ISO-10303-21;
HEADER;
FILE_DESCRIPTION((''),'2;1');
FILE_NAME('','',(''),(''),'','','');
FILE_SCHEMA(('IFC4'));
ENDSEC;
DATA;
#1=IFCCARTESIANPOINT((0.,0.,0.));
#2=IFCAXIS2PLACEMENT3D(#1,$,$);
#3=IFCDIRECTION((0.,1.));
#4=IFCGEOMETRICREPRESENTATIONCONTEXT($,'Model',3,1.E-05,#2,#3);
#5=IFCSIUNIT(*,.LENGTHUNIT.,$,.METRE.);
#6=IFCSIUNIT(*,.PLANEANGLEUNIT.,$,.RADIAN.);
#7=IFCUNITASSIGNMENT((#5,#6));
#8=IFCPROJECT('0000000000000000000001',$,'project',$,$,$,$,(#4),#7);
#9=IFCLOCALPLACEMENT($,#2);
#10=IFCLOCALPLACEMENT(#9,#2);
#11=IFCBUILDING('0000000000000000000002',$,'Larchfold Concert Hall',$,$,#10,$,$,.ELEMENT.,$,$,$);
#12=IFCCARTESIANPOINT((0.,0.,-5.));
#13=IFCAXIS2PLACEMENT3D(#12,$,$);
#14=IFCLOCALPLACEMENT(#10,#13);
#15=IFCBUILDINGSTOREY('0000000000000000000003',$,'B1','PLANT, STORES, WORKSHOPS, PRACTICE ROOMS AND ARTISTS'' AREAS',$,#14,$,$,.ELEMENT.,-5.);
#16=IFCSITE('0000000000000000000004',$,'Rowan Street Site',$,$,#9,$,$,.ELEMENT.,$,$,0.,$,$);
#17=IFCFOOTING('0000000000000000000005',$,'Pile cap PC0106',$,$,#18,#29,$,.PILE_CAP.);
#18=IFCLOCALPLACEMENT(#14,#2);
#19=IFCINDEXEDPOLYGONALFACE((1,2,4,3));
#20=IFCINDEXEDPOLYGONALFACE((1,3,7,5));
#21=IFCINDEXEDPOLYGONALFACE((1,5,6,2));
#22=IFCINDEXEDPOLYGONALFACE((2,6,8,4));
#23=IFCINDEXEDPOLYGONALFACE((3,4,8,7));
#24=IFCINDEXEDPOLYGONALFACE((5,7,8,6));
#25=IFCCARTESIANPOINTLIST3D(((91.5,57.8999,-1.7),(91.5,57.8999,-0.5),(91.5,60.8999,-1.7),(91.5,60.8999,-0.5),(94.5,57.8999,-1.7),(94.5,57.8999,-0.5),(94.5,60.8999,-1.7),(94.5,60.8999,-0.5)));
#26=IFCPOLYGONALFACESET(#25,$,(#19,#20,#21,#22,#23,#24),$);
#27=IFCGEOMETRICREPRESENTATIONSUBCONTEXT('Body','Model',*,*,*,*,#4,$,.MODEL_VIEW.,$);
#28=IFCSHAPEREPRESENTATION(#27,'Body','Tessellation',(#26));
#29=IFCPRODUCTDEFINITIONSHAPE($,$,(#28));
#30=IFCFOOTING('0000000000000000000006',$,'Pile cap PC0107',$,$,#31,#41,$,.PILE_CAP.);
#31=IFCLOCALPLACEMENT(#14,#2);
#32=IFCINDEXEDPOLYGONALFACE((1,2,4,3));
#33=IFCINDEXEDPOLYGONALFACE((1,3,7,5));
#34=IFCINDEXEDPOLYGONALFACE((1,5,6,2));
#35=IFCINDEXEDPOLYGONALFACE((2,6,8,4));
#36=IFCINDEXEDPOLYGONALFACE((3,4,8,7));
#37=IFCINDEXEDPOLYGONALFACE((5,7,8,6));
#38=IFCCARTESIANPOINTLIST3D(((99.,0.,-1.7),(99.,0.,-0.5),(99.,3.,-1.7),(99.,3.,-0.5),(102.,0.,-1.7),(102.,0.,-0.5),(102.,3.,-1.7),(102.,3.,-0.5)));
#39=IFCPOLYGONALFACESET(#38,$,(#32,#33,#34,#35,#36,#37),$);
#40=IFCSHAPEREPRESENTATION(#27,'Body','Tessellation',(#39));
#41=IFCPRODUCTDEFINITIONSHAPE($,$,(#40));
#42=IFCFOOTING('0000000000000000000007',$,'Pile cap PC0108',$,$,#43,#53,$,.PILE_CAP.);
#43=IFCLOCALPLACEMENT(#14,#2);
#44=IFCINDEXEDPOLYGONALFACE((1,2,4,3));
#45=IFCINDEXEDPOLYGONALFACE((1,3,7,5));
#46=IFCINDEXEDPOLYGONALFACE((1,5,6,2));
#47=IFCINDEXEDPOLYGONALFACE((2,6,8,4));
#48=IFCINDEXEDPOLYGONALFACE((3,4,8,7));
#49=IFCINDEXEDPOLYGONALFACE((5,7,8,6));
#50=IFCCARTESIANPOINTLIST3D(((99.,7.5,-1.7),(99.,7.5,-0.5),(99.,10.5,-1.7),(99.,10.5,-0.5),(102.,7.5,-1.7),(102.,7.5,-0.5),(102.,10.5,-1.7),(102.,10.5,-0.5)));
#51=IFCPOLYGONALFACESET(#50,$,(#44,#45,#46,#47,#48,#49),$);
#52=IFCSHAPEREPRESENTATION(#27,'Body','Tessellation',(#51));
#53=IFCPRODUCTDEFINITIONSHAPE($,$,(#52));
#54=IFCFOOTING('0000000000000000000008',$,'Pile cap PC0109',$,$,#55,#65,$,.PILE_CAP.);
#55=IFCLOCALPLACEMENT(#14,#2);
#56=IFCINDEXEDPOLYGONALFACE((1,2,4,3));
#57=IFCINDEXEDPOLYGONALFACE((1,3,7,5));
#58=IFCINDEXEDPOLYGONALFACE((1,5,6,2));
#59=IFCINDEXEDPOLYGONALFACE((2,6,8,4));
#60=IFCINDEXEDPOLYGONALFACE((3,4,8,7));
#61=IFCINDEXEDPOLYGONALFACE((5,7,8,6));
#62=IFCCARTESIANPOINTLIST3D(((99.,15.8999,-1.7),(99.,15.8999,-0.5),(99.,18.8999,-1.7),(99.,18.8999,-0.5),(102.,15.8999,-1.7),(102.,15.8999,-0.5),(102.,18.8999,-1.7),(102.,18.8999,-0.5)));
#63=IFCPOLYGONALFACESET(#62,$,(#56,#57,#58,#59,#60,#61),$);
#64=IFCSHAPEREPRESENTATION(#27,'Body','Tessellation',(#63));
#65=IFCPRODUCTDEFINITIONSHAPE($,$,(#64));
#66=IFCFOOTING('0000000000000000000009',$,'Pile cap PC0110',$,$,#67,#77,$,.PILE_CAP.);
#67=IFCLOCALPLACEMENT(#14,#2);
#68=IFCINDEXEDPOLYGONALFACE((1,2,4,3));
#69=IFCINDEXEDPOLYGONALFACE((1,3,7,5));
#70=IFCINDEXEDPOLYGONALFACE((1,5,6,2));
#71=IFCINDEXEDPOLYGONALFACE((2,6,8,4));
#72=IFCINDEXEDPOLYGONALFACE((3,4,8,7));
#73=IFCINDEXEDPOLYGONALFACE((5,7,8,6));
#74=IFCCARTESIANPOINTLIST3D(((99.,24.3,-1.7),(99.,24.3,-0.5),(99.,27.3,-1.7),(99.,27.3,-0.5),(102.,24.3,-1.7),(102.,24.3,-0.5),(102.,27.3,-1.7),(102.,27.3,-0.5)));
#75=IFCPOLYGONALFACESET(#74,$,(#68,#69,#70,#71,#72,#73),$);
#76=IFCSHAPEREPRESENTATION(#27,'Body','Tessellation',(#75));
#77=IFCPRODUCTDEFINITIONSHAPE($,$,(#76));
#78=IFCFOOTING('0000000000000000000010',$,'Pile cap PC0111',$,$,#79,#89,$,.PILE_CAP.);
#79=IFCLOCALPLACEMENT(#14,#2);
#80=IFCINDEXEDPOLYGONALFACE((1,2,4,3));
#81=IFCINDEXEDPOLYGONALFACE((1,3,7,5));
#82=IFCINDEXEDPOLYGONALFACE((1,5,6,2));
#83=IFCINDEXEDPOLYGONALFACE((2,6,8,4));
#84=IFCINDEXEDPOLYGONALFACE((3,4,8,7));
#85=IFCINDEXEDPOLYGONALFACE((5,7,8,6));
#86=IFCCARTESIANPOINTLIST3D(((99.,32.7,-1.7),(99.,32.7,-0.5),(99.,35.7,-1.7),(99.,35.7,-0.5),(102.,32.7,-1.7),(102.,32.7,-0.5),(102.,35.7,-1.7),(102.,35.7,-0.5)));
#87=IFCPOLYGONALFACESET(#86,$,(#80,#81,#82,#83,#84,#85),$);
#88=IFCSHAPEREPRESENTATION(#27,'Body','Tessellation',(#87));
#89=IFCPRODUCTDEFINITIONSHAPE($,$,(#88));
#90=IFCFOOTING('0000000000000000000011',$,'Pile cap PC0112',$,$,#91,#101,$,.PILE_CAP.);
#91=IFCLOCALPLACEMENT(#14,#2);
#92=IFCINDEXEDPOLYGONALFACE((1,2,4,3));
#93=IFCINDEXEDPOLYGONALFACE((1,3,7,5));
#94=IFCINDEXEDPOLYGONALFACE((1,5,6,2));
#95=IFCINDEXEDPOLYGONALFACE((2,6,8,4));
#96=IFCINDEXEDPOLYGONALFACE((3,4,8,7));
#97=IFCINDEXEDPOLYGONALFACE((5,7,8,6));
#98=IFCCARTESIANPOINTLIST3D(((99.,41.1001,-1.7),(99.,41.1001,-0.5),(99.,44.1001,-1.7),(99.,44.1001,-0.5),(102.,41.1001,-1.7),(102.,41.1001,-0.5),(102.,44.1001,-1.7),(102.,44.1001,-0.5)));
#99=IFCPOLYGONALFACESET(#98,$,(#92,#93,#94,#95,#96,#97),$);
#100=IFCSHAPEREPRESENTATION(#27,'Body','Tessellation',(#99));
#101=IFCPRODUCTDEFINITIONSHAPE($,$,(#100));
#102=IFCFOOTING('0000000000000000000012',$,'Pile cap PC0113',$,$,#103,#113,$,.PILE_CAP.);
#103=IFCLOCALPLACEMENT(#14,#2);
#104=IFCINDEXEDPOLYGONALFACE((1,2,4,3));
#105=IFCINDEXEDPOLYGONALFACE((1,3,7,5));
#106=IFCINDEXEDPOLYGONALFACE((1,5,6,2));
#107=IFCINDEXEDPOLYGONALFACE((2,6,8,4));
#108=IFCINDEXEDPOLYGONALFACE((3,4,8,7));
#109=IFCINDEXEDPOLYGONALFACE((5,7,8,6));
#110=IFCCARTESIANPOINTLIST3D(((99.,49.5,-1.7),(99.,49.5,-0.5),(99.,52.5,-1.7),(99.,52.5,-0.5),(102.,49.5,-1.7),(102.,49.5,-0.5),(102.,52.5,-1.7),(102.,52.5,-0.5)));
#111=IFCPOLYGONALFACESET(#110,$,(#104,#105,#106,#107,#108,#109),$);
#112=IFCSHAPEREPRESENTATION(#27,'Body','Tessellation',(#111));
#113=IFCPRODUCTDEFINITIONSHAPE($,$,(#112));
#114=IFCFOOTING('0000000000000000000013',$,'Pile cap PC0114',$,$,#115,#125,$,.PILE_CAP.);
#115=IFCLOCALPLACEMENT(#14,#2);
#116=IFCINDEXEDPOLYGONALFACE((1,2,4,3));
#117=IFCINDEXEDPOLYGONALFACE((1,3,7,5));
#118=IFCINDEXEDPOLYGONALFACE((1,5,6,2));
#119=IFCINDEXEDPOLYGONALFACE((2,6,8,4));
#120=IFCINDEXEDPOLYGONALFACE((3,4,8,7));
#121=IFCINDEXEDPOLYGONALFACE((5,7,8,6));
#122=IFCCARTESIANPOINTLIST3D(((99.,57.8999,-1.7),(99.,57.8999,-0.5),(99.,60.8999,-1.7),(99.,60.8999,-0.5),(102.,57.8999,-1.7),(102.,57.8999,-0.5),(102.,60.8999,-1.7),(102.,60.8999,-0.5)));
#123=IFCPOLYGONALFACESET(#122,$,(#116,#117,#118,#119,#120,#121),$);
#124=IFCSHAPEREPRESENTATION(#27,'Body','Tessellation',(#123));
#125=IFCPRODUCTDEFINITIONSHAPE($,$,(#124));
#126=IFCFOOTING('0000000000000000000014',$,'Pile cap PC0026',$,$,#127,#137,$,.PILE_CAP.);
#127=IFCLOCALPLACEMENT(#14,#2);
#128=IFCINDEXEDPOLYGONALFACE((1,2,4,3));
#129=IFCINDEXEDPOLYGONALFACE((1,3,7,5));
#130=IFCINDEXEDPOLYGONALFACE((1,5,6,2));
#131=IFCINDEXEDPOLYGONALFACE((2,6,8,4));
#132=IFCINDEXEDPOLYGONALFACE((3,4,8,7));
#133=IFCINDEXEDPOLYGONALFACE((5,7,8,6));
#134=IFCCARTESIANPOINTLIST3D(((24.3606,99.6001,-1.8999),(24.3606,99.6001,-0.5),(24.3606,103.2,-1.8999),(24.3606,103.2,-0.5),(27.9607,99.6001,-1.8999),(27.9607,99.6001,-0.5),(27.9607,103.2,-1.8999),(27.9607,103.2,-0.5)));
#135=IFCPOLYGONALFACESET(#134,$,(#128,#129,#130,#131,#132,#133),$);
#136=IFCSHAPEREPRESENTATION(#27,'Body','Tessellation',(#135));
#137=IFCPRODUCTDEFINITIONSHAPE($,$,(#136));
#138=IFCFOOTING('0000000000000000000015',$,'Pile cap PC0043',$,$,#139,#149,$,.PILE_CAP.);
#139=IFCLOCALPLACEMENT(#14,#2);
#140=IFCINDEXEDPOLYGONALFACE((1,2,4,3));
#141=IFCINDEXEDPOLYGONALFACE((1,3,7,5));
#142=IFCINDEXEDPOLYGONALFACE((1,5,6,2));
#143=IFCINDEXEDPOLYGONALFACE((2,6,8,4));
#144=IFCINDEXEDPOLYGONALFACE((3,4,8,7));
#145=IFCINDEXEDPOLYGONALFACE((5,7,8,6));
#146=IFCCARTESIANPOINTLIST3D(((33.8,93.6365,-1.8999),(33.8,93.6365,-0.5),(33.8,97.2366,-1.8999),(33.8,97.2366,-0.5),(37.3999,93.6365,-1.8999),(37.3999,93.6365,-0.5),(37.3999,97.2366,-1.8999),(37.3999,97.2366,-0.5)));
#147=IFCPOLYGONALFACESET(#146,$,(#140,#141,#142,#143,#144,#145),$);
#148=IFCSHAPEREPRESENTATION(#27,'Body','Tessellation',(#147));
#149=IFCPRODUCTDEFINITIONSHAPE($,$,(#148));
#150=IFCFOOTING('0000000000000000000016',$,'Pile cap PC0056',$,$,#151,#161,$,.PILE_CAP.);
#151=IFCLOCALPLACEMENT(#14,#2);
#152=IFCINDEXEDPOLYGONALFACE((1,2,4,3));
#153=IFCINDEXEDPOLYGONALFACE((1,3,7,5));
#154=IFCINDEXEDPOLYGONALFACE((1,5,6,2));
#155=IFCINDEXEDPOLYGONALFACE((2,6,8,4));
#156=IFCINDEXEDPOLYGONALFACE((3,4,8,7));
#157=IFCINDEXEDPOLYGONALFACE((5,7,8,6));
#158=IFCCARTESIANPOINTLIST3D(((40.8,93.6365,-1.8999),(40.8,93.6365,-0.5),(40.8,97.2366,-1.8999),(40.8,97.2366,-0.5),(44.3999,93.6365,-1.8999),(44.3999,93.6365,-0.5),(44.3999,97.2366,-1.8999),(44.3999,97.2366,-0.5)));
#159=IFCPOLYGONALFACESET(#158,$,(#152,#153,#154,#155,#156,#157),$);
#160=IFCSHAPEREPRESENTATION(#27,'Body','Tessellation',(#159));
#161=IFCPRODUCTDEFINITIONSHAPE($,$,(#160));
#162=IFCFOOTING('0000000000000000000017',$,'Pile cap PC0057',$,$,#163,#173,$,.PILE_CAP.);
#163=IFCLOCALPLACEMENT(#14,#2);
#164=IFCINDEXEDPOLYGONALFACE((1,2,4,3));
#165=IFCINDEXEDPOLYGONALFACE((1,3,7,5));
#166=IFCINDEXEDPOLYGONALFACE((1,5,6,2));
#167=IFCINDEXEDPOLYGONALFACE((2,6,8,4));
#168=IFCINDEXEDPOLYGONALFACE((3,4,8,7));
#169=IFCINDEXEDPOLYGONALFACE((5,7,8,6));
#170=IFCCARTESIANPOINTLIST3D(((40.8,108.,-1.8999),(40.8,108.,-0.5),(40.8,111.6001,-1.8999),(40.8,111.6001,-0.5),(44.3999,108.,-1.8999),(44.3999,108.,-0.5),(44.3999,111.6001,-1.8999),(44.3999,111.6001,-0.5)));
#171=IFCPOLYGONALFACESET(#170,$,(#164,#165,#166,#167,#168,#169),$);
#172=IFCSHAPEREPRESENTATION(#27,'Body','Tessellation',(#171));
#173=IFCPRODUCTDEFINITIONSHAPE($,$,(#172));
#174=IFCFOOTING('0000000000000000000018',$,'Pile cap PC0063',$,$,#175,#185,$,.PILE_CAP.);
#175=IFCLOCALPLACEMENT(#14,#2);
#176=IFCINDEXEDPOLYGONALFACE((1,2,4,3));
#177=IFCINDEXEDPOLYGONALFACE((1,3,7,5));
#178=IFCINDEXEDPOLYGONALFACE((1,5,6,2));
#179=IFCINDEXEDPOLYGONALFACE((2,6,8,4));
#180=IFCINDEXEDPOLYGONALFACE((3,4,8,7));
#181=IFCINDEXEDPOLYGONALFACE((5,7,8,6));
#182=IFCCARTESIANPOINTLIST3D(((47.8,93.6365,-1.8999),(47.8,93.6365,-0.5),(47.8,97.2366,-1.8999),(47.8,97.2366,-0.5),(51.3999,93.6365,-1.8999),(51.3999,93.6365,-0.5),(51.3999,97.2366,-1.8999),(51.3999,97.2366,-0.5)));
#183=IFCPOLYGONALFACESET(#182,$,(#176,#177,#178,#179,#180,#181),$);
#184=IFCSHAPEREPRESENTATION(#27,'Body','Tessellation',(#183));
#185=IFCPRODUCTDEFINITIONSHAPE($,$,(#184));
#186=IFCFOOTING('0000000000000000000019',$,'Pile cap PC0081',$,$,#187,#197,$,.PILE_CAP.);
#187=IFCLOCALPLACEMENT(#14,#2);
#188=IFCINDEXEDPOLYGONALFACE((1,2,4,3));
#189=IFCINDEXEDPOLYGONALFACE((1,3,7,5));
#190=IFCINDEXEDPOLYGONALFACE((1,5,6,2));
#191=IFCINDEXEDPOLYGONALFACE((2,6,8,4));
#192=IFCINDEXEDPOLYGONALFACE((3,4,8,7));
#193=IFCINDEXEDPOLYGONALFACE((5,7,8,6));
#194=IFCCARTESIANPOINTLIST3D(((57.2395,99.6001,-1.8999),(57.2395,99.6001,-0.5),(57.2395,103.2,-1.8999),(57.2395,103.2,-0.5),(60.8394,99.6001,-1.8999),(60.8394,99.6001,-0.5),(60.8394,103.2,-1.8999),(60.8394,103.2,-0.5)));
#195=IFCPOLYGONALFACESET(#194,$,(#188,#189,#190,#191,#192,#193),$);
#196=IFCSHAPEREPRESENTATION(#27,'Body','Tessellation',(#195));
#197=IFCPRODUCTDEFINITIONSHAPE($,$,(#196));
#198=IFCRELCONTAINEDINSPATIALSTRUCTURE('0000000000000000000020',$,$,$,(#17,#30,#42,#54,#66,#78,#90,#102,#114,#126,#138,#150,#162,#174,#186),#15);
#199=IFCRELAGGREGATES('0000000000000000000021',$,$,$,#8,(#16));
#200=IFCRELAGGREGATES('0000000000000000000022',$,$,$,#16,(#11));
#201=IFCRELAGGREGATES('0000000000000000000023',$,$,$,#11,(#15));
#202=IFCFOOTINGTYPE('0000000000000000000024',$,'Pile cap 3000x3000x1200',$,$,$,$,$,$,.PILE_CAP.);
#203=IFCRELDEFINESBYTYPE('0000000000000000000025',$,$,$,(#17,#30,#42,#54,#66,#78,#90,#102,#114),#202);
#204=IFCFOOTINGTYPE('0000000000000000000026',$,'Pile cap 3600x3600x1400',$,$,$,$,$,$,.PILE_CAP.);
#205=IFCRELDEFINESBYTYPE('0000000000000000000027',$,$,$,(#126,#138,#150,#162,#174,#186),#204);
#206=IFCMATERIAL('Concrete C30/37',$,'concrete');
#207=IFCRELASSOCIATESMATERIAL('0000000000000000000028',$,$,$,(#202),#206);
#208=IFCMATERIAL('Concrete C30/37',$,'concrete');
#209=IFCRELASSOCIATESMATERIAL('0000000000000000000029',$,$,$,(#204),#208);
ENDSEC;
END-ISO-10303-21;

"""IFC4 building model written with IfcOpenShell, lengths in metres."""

from ifc_helpers import new_model, si_unit, direction, frame, origin, place, context, subcontext, project, spatial, polyline, outline, extrude, material, type_object, element, save


model = new_model("IFC4")

# Units and contexts
model_context = context("Model", 3, precision=1e-05, world=origin(), true_north=direction((0.0, 1.0)))
body_context = subcontext(model_context, "Body", "Model", "MODEL_VIEW")
ifc_project = project(units=[si_unit("LENGTHUNIT", "METRE"), si_unit("PLANEANGLEUNIT", "RADIAN")], contexts=[model_context])

# Site, building, storey
site_placement = place(None, origin())
site = spatial("IfcSite", under=ifc_project, at=site_placement, Name="Rowan Street Site", CompositionType="ELEMENT", RefElevation=0.0)
building_placement = place(site_placement, origin())
building = spatial("IfcBuilding", under=site, at=building_placement, Name="Larchfold Concert Hall", CompositionType="ELEMENT")
storey_placement = place(building_placement, frame((0.0, 0.0, -5.0)))
storey = spatial("IfcBuildingStorey", under=building, at=storey_placement, Name="B1", Description="PLANT, STORES, WORKSHOPS, PRACTICE ROOMS AND ARTISTS' AREAS", CompositionType="ELEMENT", Elevation=-5.0)

# Footings
ifc_material_1 = material(Name="Concrete C30/37", Category="concrete")
footing_type_1 = type_object("IfcFootingType", Name="Pile cap 3000x3000x1200", PredefinedType="PILE_CAP", material=ifc_material_1)
footing_1_placement = place(storey_placement, frame((0.0, 0.0, -1.7)))
element("IfcFooting", 1, at=footing_1_placement, inside=storey, type_object=footing_type_1, Name="Pile cap PC0106", PredefinedType="PILE_CAP", context=body_context, shape_type="SweptSolid", body=[
    extrude(outline(polyline([(94.5, 57.8999), (94.5, 60.8999), (91.5, 60.8999), (91.5, 57.8999), (94.5, 57.8999)])), origin(), (0.0, 0.0, 1.0), 1.2),
])
footing_2_placement = place(storey_placement, frame((0.0, 0.0, -1.7)))
element("IfcFooting", 2, at=footing_2_placement, inside=storey, type_object=footing_type_1, Name="Pile cap PC0107", PredefinedType="PILE_CAP", context=body_context, shape_type="SweptSolid", body=[
    extrude(outline(polyline([(102.0, 0.0), (102.0, 3.0), (99.0, 3.0), (99.0, 0.0), (102.0, 0.0)])), origin(), (0.0, 0.0, 1.0), 1.2),
])
footing_3_placement = place(storey_placement, frame((0.0, 0.0, -1.7)))
element("IfcFooting", 3, at=footing_3_placement, inside=storey, type_object=footing_type_1, Name="Pile cap PC0108", PredefinedType="PILE_CAP", context=body_context, shape_type="SweptSolid", body=[
    extrude(outline(polyline([(102.0, 7.5), (102.0, 10.5), (99.0, 10.5), (99.0, 7.5), (102.0, 7.5)])), origin(), (0.0, 0.0, 1.0), 1.2),
])
footing_4_placement = place(storey_placement, frame((0.0, 0.0, -1.7)))
element("IfcFooting", 4, at=footing_4_placement, inside=storey, type_object=footing_type_1, Name="Pile cap PC0109", PredefinedType="PILE_CAP", context=body_context, shape_type="SweptSolid", body=[
    extrude(outline(polyline([(102.0, 15.8999), (102.0, 18.8999), (99.0, 18.8999), (99.0, 15.8999), (102.0, 15.8999)])), origin(), (0.0, 0.0, 1.0), 1.2),
])
footing_5_placement = place(storey_placement, frame((0.0, 0.0, -1.7)))
element("IfcFooting", 5, at=footing_5_placement, inside=storey, type_object=footing_type_1, Name="Pile cap PC0110", PredefinedType="PILE_CAP", context=body_context, shape_type="SweptSolid", body=[
    extrude(outline(polyline([(102.0, 24.3), (102.0, 27.3), (99.0, 27.3), (99.0, 24.3), (102.0, 24.3)])), origin(), (0.0, 0.0, 1.0), 1.2),
])
footing_6_placement = place(storey_placement, frame((0.0, 0.0, -1.7)))
element("IfcFooting", 6, at=footing_6_placement, inside=storey, type_object=footing_type_1, Name="Pile cap PC0111", PredefinedType="PILE_CAP", context=body_context, shape_type="SweptSolid", body=[
    extrude(outline(polyline([(102.0, 32.7), (102.0, 35.7), (99.0, 35.7), (99.0, 32.7), (102.0, 32.7)])), origin(), (0.0, 0.0, 1.0), 1.2),
])
footing_7_placement = place(storey_placement, frame((0.0, 0.0, -1.7)))
element("IfcFooting", 7, at=footing_7_placement, inside=storey, type_object=footing_type_1, Name="Pile cap PC0112", PredefinedType="PILE_CAP", context=body_context, shape_type="SweptSolid", body=[
    extrude(outline(polyline([(102.0, 41.1001), (102.0, 44.1001), (99.0, 44.1001), (99.0, 41.1001), (102.0, 41.1001)])), origin(), (0.0, 0.0, 1.0), 1.2),
])
footing_8_placement = place(storey_placement, frame((0.0, 0.0, -1.7)))
element("IfcFooting", 8, at=footing_8_placement, inside=storey, type_object=footing_type_1, Name="Pile cap PC0113", PredefinedType="PILE_CAP", context=body_context, shape_type="SweptSolid", body=[
    extrude(outline(polyline([(102.0, 49.5), (102.0, 52.5), (99.0, 52.5), (99.0, 49.5), (102.0, 49.5)])), origin(), (0.0, 0.0, 1.0), 1.2),
])
footing_9_placement = place(storey_placement, frame((0.0, 0.0, -1.7)))
element("IfcFooting", 9, at=footing_9_placement, inside=storey, type_object=footing_type_1, Name="Pile cap PC0114", PredefinedType="PILE_CAP", context=body_context, shape_type="SweptSolid", body=[
    extrude(outline(polyline([(102.0, 57.8999), (102.0, 60.8999), (99.0, 60.8999), (99.0, 57.8999), (102.0, 57.8999)])), origin(), (0.0, 0.0, 1.0), 1.2),
])
ifc_material_2 = material(Name="Concrete C30/37", Category="concrete")
footing_type_2 = type_object("IfcFootingType", Name="Pile cap 3600x3600x1400", PredefinedType="PILE_CAP", material=ifc_material_2)
footing_10_placement = place(storey_placement, frame((0.0, 0.0, -1.8999)))
element("IfcFooting", 10, at=footing_10_placement, inside=storey, type_object=footing_type_2, Name="Pile cap PC0026", PredefinedType="PILE_CAP", context=body_context, shape_type="SweptSolid", body=[
    extrude(outline(polyline([(27.9607, 99.6001), (27.9607, 103.2), (24.3606, 103.2), (24.3606, 99.6001), (27.9607, 99.6001)])), origin(), (0.0, 0.0, 1.0), 1.3999),
])
footing_11_placement = place(storey_placement, frame((0.0, 0.0, -1.8999)))
element("IfcFooting", 11, at=footing_11_placement, inside=storey, type_object=footing_type_2, Name="Pile cap PC0043", PredefinedType="PILE_CAP", context=body_context, shape_type="SweptSolid", body=[
    extrude(outline(polyline([(37.3999, 93.6365), (37.3999, 97.2366), (33.8, 97.2366), (33.8, 93.6365), (37.3999, 93.6365)])), origin(), (0.0, 0.0, 1.0), 1.3999),
])
footing_12_placement = place(storey_placement, frame((0.0, 0.0, -1.8999)))
element("IfcFooting", 12, at=footing_12_placement, inside=storey, type_object=footing_type_2, Name="Pile cap PC0056", PredefinedType="PILE_CAP", context=body_context, shape_type="SweptSolid", body=[
    extrude(outline(polyline([(44.3999, 93.6365), (44.3999, 97.2366), (40.8, 97.2366), (40.8, 93.6365), (44.3999, 93.6365)])), origin(), (0.0, 0.0, 1.0), 1.3999),
])
footing_13_placement = place(storey_placement, frame((0.0, 0.0, -1.8999)))
element("IfcFooting", 13, at=footing_13_placement, inside=storey, type_object=footing_type_2, Name="Pile cap PC0057", PredefinedType="PILE_CAP", context=body_context, shape_type="SweptSolid", body=[
    extrude(outline(polyline([(44.3999, 108.0), (44.3999, 111.6001), (40.8, 111.6001), (40.8, 108.0), (44.3999, 108.0)])), origin(), (0.0, 0.0, 1.0), 1.3999),
])
footing_14_placement = place(storey_placement, frame((0.0, 0.0, -1.8999)))
element("IfcFooting", 14, at=footing_14_placement, inside=storey, type_object=footing_type_2, Name="Pile cap PC0063", PredefinedType="PILE_CAP", context=body_context, shape_type="SweptSolid", body=[
    extrude(outline(polyline([(51.3999, 93.6365), (51.3999, 97.2366), (47.8, 97.2366), (47.8, 93.6365), (51.3999, 93.6365)])), origin(), (0.0, 0.0, 1.0), 1.3999),
])
footing_15_placement = place(storey_placement, frame((0.0, 0.0, -1.8999)))
element("IfcFooting", 15, at=footing_15_placement, inside=storey, type_object=footing_type_2, Name="Pile cap PC0081", PredefinedType="PILE_CAP", context=body_context, shape_type="SweptSolid", body=[
    extrude(outline(polyline([(60.8394, 99.6001), (60.8394, 103.2), (57.2395, 103.2), (57.2395, 99.6001), (60.8394, 99.6001)])), origin(), (0.0, 0.0, 1.0), 1.3999),
])

save(model, "model.ifc")
